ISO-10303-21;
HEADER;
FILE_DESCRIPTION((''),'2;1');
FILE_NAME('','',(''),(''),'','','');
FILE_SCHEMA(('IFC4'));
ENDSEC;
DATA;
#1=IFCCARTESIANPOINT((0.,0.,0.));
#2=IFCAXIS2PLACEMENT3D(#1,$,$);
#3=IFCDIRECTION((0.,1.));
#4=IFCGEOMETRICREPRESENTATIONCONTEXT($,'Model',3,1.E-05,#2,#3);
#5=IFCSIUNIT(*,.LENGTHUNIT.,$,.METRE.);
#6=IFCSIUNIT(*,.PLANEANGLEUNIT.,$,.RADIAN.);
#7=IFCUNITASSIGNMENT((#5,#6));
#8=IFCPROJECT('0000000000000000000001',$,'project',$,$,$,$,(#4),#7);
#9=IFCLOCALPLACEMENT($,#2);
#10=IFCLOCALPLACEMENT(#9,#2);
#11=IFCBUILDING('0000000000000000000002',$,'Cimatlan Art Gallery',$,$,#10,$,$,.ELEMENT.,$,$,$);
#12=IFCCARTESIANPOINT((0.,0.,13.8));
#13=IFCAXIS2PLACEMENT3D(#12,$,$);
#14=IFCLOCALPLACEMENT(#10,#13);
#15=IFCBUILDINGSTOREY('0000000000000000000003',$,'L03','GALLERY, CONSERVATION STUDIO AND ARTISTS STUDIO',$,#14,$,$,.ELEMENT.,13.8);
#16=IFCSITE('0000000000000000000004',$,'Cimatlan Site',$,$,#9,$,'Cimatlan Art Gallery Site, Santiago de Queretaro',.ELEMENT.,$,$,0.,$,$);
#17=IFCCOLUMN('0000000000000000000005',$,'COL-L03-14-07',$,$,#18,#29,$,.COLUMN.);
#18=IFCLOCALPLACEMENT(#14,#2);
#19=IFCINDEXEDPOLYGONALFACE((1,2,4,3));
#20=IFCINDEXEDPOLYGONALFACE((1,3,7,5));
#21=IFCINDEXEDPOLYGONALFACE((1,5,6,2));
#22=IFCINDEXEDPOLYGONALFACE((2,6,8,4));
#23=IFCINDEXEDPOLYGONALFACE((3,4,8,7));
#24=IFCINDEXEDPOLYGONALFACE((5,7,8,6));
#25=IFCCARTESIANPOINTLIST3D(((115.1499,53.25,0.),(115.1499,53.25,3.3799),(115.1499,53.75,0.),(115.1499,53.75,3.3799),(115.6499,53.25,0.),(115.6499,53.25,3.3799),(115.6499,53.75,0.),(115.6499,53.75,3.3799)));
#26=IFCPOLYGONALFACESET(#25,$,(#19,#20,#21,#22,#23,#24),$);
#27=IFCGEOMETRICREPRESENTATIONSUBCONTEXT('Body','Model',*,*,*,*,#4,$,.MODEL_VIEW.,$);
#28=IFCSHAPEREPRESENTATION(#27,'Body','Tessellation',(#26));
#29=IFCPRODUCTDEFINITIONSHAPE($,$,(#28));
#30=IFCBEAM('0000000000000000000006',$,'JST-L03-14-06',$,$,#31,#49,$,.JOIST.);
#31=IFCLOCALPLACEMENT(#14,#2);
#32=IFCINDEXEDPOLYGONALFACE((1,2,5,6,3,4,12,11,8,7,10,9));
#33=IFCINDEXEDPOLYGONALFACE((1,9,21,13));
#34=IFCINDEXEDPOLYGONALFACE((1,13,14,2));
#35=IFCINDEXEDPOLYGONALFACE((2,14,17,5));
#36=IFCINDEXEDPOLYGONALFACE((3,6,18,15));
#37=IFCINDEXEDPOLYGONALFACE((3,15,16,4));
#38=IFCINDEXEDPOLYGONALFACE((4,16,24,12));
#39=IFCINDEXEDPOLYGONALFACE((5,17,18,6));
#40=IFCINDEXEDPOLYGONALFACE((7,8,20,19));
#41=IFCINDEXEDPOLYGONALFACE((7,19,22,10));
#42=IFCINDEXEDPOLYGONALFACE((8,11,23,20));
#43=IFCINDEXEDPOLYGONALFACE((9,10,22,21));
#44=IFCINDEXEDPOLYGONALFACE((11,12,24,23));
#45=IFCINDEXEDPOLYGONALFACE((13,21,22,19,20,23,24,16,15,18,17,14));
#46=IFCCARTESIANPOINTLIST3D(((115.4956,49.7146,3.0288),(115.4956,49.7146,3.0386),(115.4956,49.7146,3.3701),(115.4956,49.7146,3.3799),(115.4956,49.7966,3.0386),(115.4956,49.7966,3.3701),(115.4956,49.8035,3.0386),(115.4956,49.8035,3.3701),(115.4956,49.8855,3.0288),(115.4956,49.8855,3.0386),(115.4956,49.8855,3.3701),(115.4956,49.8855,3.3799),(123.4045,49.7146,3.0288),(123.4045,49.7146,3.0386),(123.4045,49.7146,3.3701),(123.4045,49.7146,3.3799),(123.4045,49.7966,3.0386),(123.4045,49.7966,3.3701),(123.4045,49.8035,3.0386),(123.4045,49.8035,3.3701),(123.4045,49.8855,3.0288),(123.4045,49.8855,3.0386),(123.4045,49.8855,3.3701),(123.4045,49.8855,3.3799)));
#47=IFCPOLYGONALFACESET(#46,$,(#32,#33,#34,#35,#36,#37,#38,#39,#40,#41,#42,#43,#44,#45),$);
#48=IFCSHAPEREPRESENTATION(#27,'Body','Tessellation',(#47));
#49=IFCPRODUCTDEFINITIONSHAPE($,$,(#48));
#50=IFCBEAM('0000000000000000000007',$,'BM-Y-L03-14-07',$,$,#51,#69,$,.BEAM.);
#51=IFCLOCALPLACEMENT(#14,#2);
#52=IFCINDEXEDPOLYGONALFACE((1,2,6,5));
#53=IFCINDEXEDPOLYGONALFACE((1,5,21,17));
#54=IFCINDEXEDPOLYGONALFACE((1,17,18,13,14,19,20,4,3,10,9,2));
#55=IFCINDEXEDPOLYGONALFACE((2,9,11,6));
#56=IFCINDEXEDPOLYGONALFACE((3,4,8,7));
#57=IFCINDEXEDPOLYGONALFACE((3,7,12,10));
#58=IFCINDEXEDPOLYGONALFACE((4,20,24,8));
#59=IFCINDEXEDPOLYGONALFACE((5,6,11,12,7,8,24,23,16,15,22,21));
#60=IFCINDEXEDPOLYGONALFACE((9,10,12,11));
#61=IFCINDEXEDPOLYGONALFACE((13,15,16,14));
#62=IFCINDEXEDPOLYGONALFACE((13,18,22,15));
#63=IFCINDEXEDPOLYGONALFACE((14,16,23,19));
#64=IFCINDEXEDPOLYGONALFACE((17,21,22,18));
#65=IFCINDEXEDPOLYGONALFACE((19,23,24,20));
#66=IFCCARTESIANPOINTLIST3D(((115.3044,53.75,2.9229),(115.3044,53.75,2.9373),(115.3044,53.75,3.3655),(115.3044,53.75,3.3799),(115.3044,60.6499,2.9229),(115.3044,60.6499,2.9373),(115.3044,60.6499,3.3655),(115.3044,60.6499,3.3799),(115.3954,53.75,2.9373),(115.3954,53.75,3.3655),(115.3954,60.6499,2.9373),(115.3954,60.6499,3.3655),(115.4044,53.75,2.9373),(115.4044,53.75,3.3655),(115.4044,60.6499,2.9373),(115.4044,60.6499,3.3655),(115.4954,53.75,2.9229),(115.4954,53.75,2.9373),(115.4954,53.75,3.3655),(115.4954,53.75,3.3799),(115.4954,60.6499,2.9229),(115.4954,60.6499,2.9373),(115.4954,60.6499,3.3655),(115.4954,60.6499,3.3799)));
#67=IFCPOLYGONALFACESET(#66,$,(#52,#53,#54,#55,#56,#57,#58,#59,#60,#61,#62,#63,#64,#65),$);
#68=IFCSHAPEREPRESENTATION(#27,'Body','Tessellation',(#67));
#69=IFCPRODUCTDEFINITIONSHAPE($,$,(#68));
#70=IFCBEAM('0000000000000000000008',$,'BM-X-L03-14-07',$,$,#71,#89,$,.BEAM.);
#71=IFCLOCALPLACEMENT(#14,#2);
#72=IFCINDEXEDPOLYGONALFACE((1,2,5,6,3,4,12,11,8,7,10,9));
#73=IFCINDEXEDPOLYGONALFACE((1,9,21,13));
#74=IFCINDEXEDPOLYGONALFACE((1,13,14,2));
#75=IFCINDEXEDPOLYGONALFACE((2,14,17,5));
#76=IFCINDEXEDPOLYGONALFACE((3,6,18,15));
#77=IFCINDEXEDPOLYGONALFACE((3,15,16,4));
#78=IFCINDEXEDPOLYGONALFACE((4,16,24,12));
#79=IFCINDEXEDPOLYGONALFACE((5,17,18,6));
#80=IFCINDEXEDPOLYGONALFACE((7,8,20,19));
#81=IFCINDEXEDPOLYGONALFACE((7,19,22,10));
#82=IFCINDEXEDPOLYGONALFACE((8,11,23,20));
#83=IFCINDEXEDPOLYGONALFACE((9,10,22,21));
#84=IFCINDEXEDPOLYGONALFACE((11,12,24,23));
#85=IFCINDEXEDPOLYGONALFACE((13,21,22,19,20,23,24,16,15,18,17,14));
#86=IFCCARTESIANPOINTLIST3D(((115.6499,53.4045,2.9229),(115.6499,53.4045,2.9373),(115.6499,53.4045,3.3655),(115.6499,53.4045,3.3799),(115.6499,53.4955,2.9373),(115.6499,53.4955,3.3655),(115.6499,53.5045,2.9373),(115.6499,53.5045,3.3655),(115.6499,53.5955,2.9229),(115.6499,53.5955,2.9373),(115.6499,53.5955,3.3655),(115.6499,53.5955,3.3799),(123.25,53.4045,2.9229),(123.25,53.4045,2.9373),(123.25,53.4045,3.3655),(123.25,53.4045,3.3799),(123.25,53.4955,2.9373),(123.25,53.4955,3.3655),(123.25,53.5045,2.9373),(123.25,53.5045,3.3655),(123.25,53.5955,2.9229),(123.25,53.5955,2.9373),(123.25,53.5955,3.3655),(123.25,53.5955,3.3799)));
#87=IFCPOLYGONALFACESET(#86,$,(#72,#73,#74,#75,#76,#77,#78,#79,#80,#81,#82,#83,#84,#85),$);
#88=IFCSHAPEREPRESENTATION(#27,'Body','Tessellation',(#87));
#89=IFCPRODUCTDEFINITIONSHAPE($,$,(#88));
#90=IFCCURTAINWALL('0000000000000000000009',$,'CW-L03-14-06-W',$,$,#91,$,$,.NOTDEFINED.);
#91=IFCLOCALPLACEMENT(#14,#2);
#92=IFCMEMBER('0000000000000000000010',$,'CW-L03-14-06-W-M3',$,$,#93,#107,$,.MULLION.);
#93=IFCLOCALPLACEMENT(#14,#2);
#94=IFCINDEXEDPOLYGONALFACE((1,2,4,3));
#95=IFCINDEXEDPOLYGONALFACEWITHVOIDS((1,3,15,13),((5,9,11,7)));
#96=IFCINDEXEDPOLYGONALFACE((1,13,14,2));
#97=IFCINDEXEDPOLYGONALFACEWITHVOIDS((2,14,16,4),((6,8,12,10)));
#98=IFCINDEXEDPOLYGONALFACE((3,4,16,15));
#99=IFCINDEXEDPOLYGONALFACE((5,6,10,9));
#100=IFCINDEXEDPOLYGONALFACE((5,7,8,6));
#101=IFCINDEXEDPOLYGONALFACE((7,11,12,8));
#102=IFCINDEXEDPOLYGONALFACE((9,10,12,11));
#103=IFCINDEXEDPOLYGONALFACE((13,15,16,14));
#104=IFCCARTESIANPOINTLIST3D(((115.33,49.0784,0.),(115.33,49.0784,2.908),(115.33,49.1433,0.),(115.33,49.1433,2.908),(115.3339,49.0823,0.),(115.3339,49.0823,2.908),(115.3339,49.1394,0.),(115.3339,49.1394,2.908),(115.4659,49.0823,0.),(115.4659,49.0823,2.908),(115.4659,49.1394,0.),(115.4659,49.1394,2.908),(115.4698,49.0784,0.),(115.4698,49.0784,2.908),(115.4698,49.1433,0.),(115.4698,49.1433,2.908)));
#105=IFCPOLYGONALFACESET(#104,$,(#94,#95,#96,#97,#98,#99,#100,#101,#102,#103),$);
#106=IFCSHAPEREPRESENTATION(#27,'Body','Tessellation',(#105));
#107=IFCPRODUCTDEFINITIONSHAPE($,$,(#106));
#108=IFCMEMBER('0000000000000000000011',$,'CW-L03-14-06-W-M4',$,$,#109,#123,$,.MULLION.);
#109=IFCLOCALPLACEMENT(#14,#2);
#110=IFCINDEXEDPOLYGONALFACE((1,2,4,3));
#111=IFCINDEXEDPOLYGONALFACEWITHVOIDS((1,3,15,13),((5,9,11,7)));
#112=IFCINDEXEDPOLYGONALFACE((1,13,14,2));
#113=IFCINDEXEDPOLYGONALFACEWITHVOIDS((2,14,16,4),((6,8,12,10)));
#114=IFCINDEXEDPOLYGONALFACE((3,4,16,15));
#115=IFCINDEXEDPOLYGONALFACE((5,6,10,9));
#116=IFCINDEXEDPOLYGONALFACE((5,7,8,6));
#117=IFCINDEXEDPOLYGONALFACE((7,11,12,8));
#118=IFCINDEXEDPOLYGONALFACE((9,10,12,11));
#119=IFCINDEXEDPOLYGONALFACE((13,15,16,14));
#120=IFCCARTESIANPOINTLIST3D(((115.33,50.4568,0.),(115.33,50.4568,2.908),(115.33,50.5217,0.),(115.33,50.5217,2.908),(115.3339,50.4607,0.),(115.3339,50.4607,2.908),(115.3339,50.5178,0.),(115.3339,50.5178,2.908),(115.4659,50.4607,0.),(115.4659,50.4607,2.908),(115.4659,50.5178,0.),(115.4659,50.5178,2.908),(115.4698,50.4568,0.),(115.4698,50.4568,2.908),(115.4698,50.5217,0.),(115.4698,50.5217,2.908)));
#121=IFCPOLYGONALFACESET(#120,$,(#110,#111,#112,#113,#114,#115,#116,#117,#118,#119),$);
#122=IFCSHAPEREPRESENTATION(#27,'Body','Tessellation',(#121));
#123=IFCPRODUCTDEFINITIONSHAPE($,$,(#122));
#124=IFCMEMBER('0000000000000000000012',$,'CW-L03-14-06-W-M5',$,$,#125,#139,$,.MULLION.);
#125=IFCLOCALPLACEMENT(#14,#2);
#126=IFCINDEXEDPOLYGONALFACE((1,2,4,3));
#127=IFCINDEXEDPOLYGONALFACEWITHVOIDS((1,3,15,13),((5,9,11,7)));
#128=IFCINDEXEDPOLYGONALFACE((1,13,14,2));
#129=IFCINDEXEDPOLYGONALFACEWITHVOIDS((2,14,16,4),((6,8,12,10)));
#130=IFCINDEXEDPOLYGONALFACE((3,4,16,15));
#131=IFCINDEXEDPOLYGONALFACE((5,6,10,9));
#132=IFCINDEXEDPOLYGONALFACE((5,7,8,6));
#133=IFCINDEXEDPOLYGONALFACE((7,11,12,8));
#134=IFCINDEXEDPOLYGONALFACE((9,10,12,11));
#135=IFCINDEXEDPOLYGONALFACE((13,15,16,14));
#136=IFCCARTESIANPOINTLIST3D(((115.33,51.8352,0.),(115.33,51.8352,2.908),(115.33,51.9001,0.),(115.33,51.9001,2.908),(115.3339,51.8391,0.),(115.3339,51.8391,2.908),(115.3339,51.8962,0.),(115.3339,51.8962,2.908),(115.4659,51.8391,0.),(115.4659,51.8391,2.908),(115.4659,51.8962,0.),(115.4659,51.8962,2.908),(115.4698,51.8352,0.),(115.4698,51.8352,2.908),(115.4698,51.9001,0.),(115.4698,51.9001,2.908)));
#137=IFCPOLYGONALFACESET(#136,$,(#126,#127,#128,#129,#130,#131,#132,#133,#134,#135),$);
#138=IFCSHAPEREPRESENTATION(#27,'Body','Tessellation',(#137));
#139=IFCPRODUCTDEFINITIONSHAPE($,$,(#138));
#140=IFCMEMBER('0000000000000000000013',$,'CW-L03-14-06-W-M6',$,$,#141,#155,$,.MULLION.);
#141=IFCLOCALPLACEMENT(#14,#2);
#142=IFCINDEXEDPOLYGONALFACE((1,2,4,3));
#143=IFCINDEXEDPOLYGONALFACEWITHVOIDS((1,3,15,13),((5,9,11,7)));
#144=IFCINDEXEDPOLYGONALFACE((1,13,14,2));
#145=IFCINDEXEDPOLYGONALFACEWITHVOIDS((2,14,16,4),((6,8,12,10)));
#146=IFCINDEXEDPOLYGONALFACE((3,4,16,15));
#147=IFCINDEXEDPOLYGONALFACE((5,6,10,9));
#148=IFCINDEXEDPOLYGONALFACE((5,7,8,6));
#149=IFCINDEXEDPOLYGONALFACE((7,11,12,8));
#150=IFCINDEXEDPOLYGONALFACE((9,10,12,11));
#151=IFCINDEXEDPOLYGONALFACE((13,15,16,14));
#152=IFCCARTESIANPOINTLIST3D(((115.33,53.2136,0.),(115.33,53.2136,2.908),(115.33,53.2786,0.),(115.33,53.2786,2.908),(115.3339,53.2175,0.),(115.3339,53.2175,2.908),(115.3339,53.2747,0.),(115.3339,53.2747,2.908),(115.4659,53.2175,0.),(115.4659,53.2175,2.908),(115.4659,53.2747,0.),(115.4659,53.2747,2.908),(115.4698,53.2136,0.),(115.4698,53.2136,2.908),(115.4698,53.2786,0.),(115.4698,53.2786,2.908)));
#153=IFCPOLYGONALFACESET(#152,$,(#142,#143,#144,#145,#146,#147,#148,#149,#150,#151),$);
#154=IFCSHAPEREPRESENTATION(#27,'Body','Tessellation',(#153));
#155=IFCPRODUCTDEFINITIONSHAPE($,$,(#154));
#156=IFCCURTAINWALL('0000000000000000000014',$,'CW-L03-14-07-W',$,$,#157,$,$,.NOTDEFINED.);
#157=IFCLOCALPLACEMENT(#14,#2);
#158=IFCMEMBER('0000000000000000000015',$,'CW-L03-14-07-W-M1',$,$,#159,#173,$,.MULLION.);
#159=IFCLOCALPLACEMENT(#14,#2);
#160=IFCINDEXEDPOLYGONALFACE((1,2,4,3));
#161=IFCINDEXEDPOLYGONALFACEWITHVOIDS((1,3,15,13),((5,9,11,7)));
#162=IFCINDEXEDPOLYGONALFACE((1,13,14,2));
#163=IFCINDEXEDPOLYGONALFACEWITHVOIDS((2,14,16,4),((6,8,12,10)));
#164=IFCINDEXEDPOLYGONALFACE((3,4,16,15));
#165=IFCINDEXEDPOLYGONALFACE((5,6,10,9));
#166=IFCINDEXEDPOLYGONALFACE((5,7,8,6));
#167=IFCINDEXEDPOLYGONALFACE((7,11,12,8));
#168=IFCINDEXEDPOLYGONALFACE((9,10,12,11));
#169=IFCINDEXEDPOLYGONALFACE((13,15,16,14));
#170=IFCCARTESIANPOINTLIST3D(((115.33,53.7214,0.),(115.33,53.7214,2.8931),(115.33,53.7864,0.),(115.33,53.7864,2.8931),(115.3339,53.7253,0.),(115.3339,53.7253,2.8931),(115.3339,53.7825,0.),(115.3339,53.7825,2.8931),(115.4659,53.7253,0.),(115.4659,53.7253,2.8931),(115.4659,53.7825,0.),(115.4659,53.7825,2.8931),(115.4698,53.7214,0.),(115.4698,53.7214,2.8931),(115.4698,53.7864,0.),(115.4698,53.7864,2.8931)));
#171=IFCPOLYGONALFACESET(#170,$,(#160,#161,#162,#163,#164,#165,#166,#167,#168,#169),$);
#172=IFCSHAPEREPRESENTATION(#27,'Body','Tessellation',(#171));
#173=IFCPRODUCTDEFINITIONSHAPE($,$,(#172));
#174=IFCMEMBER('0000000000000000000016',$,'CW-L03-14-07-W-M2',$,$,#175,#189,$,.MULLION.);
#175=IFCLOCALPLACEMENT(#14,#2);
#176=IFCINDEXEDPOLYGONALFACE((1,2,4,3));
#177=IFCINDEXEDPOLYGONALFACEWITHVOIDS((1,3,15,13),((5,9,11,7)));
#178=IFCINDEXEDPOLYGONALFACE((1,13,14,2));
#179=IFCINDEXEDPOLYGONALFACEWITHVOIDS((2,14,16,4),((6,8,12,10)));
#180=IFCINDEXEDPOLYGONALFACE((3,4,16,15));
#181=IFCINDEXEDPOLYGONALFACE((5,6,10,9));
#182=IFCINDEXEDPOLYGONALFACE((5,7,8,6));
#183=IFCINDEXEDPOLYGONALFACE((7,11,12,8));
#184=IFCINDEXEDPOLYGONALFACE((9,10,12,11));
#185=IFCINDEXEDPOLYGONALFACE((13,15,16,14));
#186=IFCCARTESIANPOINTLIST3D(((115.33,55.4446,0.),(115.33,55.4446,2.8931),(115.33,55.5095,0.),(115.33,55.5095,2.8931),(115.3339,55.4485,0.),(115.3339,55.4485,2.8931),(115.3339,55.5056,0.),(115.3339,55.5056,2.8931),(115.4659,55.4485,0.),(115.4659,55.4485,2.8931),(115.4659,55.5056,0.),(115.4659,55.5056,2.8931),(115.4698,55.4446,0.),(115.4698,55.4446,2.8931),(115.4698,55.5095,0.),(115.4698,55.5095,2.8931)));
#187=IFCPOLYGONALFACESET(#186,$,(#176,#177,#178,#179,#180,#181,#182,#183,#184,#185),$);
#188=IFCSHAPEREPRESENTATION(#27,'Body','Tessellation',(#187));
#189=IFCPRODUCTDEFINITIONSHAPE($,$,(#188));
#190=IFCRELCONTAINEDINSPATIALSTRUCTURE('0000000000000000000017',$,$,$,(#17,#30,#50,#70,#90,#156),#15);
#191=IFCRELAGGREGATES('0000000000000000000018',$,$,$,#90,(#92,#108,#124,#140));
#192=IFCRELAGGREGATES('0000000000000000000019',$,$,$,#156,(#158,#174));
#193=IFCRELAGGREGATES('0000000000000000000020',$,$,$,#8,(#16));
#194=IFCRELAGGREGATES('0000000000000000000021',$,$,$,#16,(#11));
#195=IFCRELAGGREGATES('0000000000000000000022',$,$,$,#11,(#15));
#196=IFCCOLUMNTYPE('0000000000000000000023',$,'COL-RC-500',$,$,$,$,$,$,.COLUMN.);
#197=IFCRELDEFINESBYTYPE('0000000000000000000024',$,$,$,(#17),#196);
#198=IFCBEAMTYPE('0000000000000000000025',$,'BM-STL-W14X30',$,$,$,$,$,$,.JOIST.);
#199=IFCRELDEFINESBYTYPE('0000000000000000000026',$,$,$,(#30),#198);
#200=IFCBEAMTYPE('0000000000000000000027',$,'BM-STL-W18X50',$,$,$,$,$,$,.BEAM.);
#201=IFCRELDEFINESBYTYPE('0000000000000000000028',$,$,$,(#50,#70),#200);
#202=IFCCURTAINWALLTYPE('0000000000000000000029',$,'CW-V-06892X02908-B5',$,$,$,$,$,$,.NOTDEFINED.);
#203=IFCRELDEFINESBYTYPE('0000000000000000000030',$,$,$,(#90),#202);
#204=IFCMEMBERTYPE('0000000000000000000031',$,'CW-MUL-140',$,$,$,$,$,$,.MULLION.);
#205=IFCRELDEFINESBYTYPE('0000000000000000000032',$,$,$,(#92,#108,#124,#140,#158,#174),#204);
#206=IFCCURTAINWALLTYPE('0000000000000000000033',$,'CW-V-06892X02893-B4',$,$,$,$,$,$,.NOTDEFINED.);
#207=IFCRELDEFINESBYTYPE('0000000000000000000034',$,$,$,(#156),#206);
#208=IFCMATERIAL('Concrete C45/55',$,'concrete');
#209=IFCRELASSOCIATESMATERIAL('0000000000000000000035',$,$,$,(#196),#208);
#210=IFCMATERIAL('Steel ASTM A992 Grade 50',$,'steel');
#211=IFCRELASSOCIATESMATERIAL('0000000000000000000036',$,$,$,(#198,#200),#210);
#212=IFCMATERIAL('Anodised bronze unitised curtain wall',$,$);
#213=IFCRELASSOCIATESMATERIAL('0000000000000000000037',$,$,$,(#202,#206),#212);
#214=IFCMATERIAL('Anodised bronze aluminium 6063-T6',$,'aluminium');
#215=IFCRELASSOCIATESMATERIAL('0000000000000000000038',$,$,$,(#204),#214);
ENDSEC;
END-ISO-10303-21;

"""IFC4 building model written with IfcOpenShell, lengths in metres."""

from ifc_helpers import new_model, si_unit, direction, frame, origin, origin_2d, place, context, subcontext, project, spatial, rectangle, hollow_rectangle, i_section, extrude, material, material_profile, profile_set, type_object, element, aggregate, save


model = new_model("IFC4")

# Units and contexts
model_context = context("Model", 3, precision=1e-05, world=origin(), true_north=direction((0.0, 1.0)))
body_context = subcontext(model_context, "Body", "Model", "MODEL_VIEW")
ifc_project = project(units=[si_unit("LENGTHUNIT", "METRE"), si_unit("PLANEANGLEUNIT", "RADIAN")], contexts=[model_context])

# Site, building, storey
site_placement = place(None, origin())
site = spatial("IfcSite", under=ifc_project, at=site_placement, Name="Cimatlan Site", LongName="Cimatlan Art Gallery Site, Santiago de Queretaro", CompositionType="ELEMENT", RefElevation=0.0)
building_placement = place(site_placement, origin())
building = spatial("IfcBuilding", under=site, at=building_placement, Name="Cimatlan Art Gallery", CompositionType="ELEMENT")
storey_placement = place(building_placement, frame((0.0, 0.0, 13.8)))
storey = spatial("IfcBuildingStorey", under=building, at=storey_placement, Name="L03", Description="GALLERY, CONSERVATION STUDIO AND ARTISTS STUDIO", CompositionType="ELEMENT", Elevation=13.8)

# Column
ifc_material_1 = material(Name="Concrete C45/55", Category="concrete")
ifc_material_profile_1 = material_profile(ifc_material_1, rectangle(XDim=0.5, YDim=0.5, at=origin_2d()), Name="RC500X500")
ifc_profile_set_1 = profile_set([ifc_material_profile_1], Name="Concrete C45/55")
column_type = type_object("IfcColumnType", Name="COL-RC-500", PredefinedType="COLUMN", material=ifc_profile_set_1)
column_placement = place(storey_placement, frame((115.3999, 53.5, 0.0), z_axis=(0.0, 0.0, 1.0), x_axis=(1.0, 0.0, 0.0)))
element("IfcColumn", 1, at=column_placement, inside=storey, type_object=column_type, Name="COL-L03-14-07", PredefinedType="COLUMN", context=body_context, shape_type="SweptSolid", body=[
    extrude(rectangle(XDim=0.5, YDim=0.5, at=origin_2d()), origin(), (0.0, 0.0, 1.0), 3.3799),
])

# Beams
ifc_material_2 = material(Name="Steel ASTM A992 Grade 50", Category="steel")
ifc_material_profile_2 = material_profile(ifc_material_2, i_section(OverallWidth=0.1709, OverallDepth=0.3511, WebThickness=0.0068, FlangeThickness=0.0098, at=origin_2d()), Name="W14X30")
ifc_profile_set_2 = profile_set([ifc_material_profile_2], Name="Steel ASTM A992 Grade 50")
beam_type_1 = type_object("IfcBeamType", Name="BM-STL-W14X30", PredefinedType="JOIST", material=ifc_profile_set_2)
beam_1_placement = place(storey_placement, frame((115.4956, 49.8, 3.2043), z_axis=(1.0, 0.0, 0.0), x_axis=(0.0, 1.0, 0.0)))
element("IfcBeam", 2, at=beam_1_placement, inside=storey, type_object=beam_type_1, Name="JST-L03-14-06", PredefinedType="JOIST", context=body_context, shape_type="SweptSolid", body=[
    extrude(i_section(OverallWidth=0.1709, OverallDepth=0.3511, WebThickness=0.0068, FlangeThickness=0.0098, at=origin_2d()), origin(), (0.0, 0.0, 1.0), 7.9089),
])
ifc_material_profile_3 = material_profile(ifc_material_2, i_section(OverallWidth=0.1909, OverallDepth=0.457, WebThickness=0.009, FlangeThickness=0.0144, at=origin_2d()), Name="W18X50")
ifc_profile_set_3 = profile_set([ifc_material_profile_3], Name="Steel ASTM A992 Grade 50")
beam_type_2 = type_object("IfcBeamType", Name="BM-STL-W18X50", PredefinedType="BEAM", material=ifc_profile_set_3)
beam_2_placement = place(storey_placement, frame((115.3999, 53.75, 3.1514), z_axis=(0.0, 1.0, 0.0), x_axis=(-1.0, 0.0, 0.0)))
element("IfcBeam", 3, at=beam_2_placement, inside=storey, type_object=beam_type_2, Name="BM-Y-L03-14-07", PredefinedType="BEAM", context=body_context, shape_type="SweptSolid", body=[
    extrude(i_section(OverallWidth=0.1909, OverallDepth=0.457, WebThickness=0.009, FlangeThickness=0.0144, at=origin_2d()), origin(), (0.0, 0.0, 1.0), 6.8999),
])
beam_3_placement = place(storey_placement, frame((115.6499, 53.5, 3.1514), z_axis=(1.0, 0.0, 0.0), x_axis=(0.0, 1.0, 0.0)))
element("IfcBeam", 4, at=beam_3_placement, inside=storey, type_object=beam_type_2, Name="BM-X-L03-14-07", PredefinedType="BEAM", context=body_context, shape_type="SweptSolid", body=[
    extrude(i_section(OverallWidth=0.1909, OverallDepth=0.457, WebThickness=0.009, FlangeThickness=0.0144, at=origin_2d()), origin(), (0.0, 0.0, 1.0), 7.6001),
])

# Curtain walls, members
ifc_material_3 = material(Name="Anodised bronze unitised curtain wall")
curtain_wall_type_1 = type_object("IfcCurtainWallType", Name="CW-V-06892X02908-B5", PredefinedType="NOTDEFINED", material=ifc_material_3)
curtain_wall_1_placement = place(storey_placement, origin())
curtain_wall_1 = element("IfcCurtainWall", 5, at=curtain_wall_1_placement, inside=storey, type_object=curtain_wall_type_1, Name="CW-L03-14-06-W", PredefinedType="NOTDEFINED")
ifc_material_4 = material(Name="Anodised bronze aluminium 6063-T6", Category="aluminium")
ifc_material_profile_4 = material_profile(ifc_material_4, hollow_rectangle(XDim=0.0649, YDim=0.1399, WallThickness=0.0039, at=origin_2d()), Name="ALU65X140X4")
ifc_profile_set_4 = profile_set([ifc_material_profile_4], Name="Anodised bronze aluminium 6063-T6")
member_type_1 = type_object("IfcMemberType", Name="CW-MUL-140", PredefinedType="MULLION", material=ifc_profile_set_4)
member_1_placement = place(storey_placement, frame((115.3999, 49.1108, 0.0), z_axis=(0.0, 0.0, 1.0), x_axis=(0.0, 1.0, 0.0)))
member_1 = element("IfcMember", 6, at=member_1_placement, type_object=member_type_1, Name="CW-L03-14-06-W-M3", PredefinedType="MULLION", context=body_context, shape_type="SweptSolid", body=[
    extrude(hollow_rectangle(XDim=0.0649, YDim=0.1399, WallThickness=0.0039, at=origin_2d()), origin(), (0.0, 0.0, 1.0), 2.908),
])
member_2_placement = place(storey_placement, frame((115.3999, 50.4893, 0.0), z_axis=(0.0, 0.0, 1.0), x_axis=(0.0, 1.0, 0.0)))
member_2 = element("IfcMember", 7, at=member_2_placement, type_object=member_type_1, Name="CW-L03-14-06-W-M4", PredefinedType="MULLION", context=body_context, shape_type="SweptSolid", body=[
    extrude(hollow_rectangle(XDim=0.0649, YDim=0.1399, WallThickness=0.0039, at=origin_2d()), origin(), (0.0, 0.0, 1.0), 2.908),
])
member_3_placement = place(storey_placement, frame((115.3999, 51.8677, 0.0), z_axis=(0.0, 0.0, 1.0), x_axis=(0.0, 1.0, 0.0)))
member_3 = element("IfcMember", 8, at=member_3_placement, type_object=member_type_1, Name="CW-L03-14-06-W-M5", PredefinedType="MULLION", context=body_context, shape_type="SweptSolid", body=[
    extrude(hollow_rectangle(XDim=0.0649, YDim=0.1399, WallThickness=0.0039, at=origin_2d()), origin(), (0.0, 0.0, 1.0), 2.908),
])
member_4_placement = place(storey_placement, frame((115.3999, 53.2461, 0.0), z_axis=(0.0, 0.0, 1.0), x_axis=(0.0, 1.0, 0.0)))
member_4 = element("IfcMember", 9, at=member_4_placement, type_object=member_type_1, Name="CW-L03-14-06-W-M6", PredefinedType="MULLION", context=body_context, shape_type="SweptSolid", body=[
    extrude(hollow_rectangle(XDim=0.0649, YDim=0.1399, WallThickness=0.0039, at=origin_2d()), origin(), (0.0, 0.0, 1.0), 2.908),
])
curtain_wall_type_2 = type_object("IfcCurtainWallType", Name="CW-V-06892X02893-B4", PredefinedType="NOTDEFINED", material=ifc_material_3)
curtain_wall_2_placement = place(storey_placement, origin())
curtain_wall_2 = element("IfcCurtainWall", 10, at=curtain_wall_2_placement, inside=storey, type_object=curtain_wall_type_2, Name="CW-L03-14-07-W", PredefinedType="NOTDEFINED")
member_5_placement = place(storey_placement, frame((115.3999, 53.7539, 0.0), z_axis=(0.0, 0.0, 1.0), x_axis=(0.0, 1.0, 0.0)))
member_5 = element("IfcMember", 11, at=member_5_placement, type_object=member_type_1, Name="CW-L03-14-07-W-M1", PredefinedType="MULLION", context=body_context, shape_type="SweptSolid", body=[
    extrude(hollow_rectangle(XDim=0.0649, YDim=0.1399, WallThickness=0.0039, at=origin_2d()), origin(), (0.0, 0.0, 1.0), 2.8931),
])
member_6_placement = place(storey_placement, frame((115.3999, 55.4771, 0.0), z_axis=(0.0, 0.0, 1.0), x_axis=(0.0, 1.0, 0.0)))
member_6 = element("IfcMember", 12, at=member_6_placement, type_object=member_type_1, Name="CW-L03-14-07-W-M2", PredefinedType="MULLION", context=body_context, shape_type="SweptSolid", body=[
    extrude(hollow_rectangle(XDim=0.0649, YDim=0.1399, WallThickness=0.0039, at=origin_2d()), origin(), (0.0, 0.0, 1.0), 2.8931),
])

aggregate(curtain_wall_1, [member_1, member_2, member_3, member_4])
aggregate(curtain_wall_2, [member_5, member_6])

save(model, "model.ifc")
